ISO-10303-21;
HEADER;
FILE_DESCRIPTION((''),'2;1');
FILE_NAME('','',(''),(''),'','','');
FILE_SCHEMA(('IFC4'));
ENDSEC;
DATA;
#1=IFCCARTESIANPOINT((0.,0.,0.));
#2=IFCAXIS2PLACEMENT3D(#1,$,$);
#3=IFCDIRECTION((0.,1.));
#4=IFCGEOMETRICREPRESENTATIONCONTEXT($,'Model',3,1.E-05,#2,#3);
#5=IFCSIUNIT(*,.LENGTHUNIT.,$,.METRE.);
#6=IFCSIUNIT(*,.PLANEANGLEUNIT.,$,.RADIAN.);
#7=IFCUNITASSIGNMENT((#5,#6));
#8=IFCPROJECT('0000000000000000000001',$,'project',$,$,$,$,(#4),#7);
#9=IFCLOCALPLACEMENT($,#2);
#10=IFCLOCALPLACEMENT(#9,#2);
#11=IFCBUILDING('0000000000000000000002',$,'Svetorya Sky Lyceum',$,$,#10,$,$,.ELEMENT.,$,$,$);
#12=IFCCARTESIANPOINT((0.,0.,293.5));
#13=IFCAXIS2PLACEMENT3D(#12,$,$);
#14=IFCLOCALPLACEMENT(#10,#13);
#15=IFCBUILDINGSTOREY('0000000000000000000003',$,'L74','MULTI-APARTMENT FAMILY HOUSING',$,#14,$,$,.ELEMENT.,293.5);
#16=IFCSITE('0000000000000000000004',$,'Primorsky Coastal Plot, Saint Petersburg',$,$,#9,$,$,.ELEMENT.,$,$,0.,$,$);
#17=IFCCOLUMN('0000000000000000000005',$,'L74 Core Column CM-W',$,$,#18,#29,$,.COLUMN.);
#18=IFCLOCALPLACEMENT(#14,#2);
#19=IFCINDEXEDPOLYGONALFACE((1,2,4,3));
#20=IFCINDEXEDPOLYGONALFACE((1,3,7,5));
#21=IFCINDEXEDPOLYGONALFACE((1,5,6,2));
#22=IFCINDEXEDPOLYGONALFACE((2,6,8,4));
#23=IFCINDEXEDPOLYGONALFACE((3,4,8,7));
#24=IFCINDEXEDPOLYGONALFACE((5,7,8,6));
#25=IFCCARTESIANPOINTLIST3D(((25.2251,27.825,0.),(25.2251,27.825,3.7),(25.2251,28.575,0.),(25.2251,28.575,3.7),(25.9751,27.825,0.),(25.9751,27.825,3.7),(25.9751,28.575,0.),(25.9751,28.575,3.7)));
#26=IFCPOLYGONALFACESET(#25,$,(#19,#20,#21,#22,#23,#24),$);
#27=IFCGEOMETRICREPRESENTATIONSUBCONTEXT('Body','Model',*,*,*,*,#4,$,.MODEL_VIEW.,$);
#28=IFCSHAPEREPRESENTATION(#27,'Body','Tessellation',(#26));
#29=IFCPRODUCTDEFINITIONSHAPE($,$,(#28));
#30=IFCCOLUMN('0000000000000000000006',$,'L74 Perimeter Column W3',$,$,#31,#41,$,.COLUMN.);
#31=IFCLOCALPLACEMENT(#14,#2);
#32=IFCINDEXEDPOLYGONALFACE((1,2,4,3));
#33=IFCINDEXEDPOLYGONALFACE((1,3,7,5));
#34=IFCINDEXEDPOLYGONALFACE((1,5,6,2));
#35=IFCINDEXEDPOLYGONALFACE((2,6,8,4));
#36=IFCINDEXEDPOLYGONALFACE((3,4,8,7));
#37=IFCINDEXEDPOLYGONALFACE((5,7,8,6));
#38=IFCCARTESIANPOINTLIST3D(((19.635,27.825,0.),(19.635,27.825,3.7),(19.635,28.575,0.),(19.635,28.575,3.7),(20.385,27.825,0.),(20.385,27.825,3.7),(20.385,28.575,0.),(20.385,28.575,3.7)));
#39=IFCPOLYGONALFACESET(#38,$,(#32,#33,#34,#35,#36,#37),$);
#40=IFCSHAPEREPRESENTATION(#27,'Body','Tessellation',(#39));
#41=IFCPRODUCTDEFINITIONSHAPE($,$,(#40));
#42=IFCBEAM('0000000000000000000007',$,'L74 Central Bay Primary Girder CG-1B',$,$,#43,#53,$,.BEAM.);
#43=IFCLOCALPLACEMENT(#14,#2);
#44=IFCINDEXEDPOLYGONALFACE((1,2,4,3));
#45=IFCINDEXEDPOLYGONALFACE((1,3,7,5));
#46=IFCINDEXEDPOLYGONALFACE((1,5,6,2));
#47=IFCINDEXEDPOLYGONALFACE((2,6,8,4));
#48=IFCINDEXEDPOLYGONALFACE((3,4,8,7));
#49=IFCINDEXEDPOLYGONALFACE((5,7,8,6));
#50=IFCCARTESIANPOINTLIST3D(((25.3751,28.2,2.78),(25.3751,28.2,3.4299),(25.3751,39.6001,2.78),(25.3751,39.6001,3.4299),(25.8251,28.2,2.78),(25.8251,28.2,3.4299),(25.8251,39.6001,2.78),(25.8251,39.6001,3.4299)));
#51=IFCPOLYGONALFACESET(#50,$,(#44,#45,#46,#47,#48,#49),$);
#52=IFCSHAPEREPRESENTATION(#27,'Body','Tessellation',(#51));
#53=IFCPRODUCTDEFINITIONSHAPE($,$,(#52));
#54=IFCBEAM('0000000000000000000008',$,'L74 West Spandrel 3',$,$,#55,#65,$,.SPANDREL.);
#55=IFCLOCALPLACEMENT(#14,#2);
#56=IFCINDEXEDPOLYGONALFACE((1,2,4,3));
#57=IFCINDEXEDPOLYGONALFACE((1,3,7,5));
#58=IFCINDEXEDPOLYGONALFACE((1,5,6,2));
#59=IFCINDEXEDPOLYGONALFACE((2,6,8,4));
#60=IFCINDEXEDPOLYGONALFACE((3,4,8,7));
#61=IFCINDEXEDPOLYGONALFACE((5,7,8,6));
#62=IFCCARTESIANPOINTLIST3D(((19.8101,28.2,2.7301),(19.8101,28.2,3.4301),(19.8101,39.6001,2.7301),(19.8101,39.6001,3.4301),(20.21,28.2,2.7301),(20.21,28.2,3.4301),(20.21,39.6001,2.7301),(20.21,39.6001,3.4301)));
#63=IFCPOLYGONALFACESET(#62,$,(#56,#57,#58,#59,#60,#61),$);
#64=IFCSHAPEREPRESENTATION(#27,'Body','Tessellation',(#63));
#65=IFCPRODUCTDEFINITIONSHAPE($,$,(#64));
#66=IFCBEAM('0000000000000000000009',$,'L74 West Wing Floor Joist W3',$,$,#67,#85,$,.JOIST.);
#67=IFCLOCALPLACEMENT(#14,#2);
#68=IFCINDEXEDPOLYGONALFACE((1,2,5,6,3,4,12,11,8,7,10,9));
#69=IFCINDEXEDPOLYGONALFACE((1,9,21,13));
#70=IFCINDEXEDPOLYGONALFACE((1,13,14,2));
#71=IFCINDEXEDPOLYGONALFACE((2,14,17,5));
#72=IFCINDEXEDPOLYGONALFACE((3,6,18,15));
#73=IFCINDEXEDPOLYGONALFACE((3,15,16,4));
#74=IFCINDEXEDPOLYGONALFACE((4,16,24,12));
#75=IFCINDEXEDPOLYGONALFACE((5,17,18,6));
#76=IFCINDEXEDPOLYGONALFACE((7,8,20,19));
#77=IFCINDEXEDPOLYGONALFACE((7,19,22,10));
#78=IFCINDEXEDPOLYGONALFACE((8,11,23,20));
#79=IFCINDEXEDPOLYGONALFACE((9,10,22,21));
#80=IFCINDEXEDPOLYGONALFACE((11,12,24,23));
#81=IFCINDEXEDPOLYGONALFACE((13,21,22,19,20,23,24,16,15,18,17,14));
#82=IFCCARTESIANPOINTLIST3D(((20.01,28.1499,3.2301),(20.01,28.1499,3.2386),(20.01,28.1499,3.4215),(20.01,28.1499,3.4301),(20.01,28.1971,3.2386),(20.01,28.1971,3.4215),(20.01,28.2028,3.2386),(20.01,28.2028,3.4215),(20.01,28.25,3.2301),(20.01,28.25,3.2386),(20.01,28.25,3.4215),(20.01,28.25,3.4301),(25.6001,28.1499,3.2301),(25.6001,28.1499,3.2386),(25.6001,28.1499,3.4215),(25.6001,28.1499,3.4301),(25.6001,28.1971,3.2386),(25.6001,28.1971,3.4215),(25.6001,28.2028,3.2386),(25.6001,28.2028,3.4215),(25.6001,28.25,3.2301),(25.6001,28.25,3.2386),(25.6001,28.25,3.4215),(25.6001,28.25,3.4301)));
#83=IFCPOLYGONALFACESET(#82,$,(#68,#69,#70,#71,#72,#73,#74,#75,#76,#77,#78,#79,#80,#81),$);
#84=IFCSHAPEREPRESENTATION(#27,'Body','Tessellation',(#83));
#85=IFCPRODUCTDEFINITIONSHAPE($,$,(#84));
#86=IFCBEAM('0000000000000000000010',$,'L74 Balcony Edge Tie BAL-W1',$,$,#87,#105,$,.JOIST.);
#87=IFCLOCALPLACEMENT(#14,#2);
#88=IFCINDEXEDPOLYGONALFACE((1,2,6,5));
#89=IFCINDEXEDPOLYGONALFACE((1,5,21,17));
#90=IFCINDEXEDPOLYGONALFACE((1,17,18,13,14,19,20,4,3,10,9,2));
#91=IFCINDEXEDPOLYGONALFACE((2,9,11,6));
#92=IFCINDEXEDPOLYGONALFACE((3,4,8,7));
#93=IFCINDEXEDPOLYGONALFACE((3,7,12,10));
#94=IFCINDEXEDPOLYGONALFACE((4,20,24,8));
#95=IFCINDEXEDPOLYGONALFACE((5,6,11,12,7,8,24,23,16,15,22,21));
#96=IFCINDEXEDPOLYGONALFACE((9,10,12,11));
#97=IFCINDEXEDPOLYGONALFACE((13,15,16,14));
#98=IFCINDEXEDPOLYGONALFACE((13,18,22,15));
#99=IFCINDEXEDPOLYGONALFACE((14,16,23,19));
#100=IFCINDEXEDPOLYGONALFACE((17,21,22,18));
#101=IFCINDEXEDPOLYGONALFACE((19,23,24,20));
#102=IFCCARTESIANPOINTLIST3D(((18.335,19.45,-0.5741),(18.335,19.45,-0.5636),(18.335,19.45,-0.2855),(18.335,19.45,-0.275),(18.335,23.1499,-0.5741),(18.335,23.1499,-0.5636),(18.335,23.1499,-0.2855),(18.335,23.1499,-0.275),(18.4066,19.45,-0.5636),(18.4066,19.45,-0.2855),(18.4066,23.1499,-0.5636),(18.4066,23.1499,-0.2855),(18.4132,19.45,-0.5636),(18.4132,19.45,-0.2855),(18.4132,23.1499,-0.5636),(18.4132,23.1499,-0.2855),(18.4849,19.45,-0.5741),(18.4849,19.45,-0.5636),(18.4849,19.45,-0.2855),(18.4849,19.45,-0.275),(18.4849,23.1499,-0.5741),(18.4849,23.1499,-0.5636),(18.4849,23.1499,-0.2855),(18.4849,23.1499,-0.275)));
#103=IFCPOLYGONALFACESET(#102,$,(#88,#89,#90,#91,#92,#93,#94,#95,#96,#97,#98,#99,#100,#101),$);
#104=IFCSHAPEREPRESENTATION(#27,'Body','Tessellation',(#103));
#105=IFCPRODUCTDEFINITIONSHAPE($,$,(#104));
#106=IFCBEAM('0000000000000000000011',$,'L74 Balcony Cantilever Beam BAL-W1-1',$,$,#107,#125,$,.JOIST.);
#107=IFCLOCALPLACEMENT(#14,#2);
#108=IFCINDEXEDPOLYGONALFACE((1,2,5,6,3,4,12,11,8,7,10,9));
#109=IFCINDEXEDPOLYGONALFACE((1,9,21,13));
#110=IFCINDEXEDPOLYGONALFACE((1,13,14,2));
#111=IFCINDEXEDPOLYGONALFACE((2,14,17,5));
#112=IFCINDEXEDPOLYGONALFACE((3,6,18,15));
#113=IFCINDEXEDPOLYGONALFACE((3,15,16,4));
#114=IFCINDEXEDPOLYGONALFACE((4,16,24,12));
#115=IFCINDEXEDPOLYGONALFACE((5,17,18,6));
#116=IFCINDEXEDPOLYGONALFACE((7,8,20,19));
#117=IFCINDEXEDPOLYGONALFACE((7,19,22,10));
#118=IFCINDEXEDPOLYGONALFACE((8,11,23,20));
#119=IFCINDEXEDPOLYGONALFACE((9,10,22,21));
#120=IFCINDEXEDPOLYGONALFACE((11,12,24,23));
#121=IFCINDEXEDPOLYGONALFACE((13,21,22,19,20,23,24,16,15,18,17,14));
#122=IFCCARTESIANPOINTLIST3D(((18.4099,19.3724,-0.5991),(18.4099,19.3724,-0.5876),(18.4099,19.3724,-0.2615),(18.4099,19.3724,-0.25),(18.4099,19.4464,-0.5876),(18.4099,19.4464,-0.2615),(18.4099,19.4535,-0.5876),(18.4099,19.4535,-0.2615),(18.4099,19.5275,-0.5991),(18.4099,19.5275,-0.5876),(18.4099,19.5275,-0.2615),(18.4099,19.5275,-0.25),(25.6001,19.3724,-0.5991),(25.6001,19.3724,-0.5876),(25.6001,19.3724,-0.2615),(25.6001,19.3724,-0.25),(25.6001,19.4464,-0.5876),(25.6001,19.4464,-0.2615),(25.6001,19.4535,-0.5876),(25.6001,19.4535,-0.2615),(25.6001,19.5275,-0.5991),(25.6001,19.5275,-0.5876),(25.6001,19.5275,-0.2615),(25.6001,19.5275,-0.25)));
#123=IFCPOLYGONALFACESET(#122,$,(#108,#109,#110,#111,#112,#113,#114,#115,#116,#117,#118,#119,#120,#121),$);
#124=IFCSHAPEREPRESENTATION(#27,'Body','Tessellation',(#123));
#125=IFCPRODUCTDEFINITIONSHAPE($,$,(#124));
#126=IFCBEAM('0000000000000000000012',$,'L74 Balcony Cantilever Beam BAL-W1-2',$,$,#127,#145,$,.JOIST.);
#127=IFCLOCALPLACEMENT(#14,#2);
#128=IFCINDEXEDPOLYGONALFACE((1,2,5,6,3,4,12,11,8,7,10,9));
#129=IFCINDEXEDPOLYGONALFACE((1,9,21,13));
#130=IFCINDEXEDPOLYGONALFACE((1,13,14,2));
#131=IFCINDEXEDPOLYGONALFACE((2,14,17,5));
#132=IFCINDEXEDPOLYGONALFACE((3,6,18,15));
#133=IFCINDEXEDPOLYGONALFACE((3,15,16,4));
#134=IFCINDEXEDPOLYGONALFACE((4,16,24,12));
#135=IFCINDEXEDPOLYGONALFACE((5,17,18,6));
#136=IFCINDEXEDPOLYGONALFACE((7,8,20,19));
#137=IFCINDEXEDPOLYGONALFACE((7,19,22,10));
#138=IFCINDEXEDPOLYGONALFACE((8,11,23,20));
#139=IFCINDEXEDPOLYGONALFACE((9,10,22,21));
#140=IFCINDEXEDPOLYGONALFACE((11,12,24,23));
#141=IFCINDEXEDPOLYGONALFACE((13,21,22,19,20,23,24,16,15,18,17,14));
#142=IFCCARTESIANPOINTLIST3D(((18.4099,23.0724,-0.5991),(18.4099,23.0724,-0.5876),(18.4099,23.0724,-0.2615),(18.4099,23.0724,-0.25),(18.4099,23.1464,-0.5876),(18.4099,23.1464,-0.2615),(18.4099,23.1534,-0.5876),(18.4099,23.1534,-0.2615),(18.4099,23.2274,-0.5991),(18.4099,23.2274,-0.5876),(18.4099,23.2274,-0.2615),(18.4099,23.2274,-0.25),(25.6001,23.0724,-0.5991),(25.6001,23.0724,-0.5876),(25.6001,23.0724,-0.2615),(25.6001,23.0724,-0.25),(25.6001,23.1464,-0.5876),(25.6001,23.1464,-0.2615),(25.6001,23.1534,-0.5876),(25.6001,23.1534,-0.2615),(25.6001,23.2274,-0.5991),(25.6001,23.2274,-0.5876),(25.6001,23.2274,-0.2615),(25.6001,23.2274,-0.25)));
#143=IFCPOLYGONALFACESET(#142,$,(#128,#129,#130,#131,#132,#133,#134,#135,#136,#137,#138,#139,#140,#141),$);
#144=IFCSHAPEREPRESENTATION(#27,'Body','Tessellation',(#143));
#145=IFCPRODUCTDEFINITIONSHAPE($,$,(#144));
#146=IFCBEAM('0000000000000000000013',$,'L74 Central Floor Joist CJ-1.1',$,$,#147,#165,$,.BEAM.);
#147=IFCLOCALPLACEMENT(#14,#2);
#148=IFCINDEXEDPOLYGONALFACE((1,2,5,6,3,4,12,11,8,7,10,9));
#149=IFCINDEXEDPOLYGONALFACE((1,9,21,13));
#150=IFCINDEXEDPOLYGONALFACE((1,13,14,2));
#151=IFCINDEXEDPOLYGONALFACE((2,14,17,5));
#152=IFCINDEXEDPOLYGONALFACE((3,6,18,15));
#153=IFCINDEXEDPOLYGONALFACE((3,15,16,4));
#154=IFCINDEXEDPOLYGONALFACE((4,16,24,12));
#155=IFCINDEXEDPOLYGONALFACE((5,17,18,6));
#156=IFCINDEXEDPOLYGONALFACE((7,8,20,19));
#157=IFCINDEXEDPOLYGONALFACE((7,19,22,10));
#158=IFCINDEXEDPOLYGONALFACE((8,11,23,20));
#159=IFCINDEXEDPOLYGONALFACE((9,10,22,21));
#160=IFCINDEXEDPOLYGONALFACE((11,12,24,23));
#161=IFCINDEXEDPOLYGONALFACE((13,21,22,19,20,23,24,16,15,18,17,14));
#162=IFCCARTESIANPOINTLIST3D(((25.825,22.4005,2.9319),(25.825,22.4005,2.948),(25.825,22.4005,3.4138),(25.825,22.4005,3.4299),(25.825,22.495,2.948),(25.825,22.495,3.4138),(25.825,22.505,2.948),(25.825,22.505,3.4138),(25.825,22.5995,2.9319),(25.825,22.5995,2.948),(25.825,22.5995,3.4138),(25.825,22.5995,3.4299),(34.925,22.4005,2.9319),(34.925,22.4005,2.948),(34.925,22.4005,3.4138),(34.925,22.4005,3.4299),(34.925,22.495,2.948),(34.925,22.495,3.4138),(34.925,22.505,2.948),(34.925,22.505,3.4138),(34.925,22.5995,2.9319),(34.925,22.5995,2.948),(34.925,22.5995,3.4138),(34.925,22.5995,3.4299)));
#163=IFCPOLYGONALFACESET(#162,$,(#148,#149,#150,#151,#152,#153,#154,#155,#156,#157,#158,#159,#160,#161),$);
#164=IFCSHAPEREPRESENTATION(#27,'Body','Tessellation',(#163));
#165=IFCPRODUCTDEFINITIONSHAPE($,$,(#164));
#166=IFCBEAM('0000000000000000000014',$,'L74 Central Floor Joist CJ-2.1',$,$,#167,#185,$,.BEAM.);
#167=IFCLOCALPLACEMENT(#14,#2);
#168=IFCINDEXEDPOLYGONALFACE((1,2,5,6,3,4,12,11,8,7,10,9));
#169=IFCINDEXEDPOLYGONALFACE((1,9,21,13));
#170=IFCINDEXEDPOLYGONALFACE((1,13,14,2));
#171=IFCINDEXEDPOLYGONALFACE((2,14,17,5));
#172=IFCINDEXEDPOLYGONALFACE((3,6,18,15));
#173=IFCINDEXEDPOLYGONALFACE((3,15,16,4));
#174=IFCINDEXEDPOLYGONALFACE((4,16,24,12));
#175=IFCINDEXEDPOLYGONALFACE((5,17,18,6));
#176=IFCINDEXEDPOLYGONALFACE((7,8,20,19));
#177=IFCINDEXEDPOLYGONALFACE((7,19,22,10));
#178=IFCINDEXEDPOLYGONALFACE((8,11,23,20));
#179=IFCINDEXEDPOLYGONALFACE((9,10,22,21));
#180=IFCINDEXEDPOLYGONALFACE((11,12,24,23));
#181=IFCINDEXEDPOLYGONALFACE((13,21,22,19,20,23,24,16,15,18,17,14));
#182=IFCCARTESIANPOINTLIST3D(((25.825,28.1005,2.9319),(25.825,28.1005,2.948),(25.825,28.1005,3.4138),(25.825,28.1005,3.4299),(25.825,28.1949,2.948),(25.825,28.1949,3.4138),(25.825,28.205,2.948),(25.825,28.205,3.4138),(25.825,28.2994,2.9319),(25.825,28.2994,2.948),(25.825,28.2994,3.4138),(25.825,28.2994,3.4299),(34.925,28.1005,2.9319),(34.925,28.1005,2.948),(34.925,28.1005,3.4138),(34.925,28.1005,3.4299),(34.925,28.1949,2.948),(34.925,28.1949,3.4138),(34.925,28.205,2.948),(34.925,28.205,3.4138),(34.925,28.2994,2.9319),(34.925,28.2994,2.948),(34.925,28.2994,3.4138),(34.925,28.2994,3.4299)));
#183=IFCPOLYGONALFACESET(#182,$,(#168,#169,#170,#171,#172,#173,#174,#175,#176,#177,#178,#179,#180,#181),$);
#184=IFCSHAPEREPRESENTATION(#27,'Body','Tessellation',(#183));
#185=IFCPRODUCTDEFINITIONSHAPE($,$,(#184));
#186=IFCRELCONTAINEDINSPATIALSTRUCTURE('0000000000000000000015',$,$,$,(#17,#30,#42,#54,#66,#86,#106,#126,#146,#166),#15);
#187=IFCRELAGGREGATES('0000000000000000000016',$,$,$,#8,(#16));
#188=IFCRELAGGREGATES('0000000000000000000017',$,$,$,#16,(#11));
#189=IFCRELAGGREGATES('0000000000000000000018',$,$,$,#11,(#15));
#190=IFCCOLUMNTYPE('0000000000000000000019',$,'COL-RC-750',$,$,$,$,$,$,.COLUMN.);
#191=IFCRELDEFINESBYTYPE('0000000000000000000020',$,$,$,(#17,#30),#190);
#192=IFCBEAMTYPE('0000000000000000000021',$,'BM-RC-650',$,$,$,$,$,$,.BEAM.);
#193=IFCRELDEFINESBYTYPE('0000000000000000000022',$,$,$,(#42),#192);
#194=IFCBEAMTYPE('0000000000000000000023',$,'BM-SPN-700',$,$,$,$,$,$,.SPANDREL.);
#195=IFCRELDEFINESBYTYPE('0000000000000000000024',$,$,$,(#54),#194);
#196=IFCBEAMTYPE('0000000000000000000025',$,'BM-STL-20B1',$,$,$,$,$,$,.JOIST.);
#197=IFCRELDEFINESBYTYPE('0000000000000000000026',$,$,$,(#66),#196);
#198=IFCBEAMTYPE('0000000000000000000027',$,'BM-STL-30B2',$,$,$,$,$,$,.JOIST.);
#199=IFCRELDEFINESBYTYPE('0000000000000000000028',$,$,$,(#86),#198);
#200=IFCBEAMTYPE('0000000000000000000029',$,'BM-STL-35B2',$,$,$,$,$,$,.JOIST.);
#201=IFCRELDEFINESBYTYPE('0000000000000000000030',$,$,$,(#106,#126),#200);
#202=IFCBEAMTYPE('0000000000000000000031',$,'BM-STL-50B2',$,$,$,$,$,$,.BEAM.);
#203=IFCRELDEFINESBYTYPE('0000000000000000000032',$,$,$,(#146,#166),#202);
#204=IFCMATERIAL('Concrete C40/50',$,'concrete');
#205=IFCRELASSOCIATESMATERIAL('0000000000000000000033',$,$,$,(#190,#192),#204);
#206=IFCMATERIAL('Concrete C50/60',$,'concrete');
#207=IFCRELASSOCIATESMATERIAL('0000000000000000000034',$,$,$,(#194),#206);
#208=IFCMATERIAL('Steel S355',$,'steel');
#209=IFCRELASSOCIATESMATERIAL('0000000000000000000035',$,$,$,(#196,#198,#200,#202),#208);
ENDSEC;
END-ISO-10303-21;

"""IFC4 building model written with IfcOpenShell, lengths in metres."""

from ifc_helpers import new_model, si_unit, direction, frame, origin, origin_2d, place, context, subcontext, project, spatial, rectangle, i_section, extrude, material, material_profile, profile_set, type_object, element, save


model = new_model("IFC4")

# Units and contexts
model_context = context("Model", 3, precision=1e-05, world=origin(), true_north=direction((0.0, 1.0)))
body_context = subcontext(model_context, "Body", "Model", "MODEL_VIEW")
ifc_project = project(units=[si_unit("LENGTHUNIT", "METRE"), si_unit("PLANEANGLEUNIT", "RADIAN")], contexts=[model_context])

# Site, building, storey
site_placement = place(None, origin())
site = spatial("IfcSite", under=ifc_project, at=site_placement, Name="Primorsky Coastal Plot, Saint Petersburg", CompositionType="ELEMENT", RefElevation=0.0)
building_placement = place(site_placement, origin())
building = spatial("IfcBuilding", under=site, at=building_placement, Name="Svetorya Sky Lyceum", CompositionType="ELEMENT")
storey_placement = place(building_placement, frame((0.0, 0.0, 293.5)))
storey = spatial("IfcBuildingStorey", under=building, at=storey_placement, Name="L74", Description="MULTI-APARTMENT FAMILY HOUSING", CompositionType="ELEMENT", Elevation=293.5)

# Columns
ifc_material_1 = material(Name="Concrete C40/50", Category="concrete")
ifc_material_profile_1 = material_profile(ifc_material_1, rectangle(XDim=0.75, YDim=0.75, at=origin_2d()), Name="RC COL 750x750")
ifc_profile_set_1 = profile_set([ifc_material_profile_1], Name="Concrete C40/50")
column_type = type_object("IfcColumnType", Name="COL-RC-750", PredefinedType="COLUMN", material=ifc_profile_set_1)
for number, where, z_axis, x_axis, name in (
    (1, (25.6001, 28.2, 0.0), (0.0, 0.0, 1.0), (1.0, 0.0, 0.0), "L74 Core Column CM-W"),
    (2, (20.01, 28.2, 0.0), (0.0, 0.0, 1.0), (1.0, 0.0, 0.0), "L74 Perimeter Column W3"),
):
    element("IfcColumn", number, at=place(storey_placement, frame(where, z_axis=z_axis, x_axis=x_axis)), inside=storey, type_object=column_type, Name=name, PredefinedType="COLUMN", context=body_context, shape_type="SweptSolid", body=[
        extrude(rectangle(XDim=0.75, YDim=0.75, at=origin_2d()), origin(), (0.0, 0.0, 1.0), 3.7),
    ])

# Beams
ifc_material_profile_2 = material_profile(ifc_material_1, rectangle(XDim=0.45, YDim=0.6499, at=origin_2d()), Name="RC BEAM 450x650")
ifc_profile_set_2 = profile_set([ifc_material_profile_2], Name="Concrete C40/50")
beam_type_1 = type_object("IfcBeamType", Name="BM-RC-650", PredefinedType="BEAM", material=ifc_profile_set_2)
beam_1_placement = place(storey_placement, frame((25.6001, 28.2, 3.105), z_axis=(0.0, 1.0, 0.0), x_axis=(-1.0, 0.0, 0.0)))
element("IfcBeam", 3, at=beam_1_placement, inside=storey, type_object=beam_type_1, Name="L74 Central Bay Primary Girder CG-1B", PredefinedType="BEAM", context=body_context, shape_type="SweptSolid", body=[
    extrude(rectangle(XDim=0.45, YDim=0.6499, at=origin_2d()), origin(), (0.0, 0.0, 1.0), 11.4001),
])
ifc_material_2 = material(Name="Concrete C50/60", Category="concrete")
ifc_material_profile_3 = material_profile(ifc_material_2, rectangle(XDim=0.3999, YDim=0.7, at=origin_2d()), Name="RC SPANDREL 400x700")
ifc_profile_set_3 = profile_set([ifc_material_profile_3], Name="Concrete C50/60")
beam_type_2 = type_object("IfcBeamType", Name="BM-SPN-700", PredefinedType="SPANDREL", material=ifc_profile_set_3)
beam_2_placement = place(storey_placement, frame((20.01, 28.2, 3.0801), z_axis=(0.0, 1.0, 0.0), x_axis=(-1.0, 0.0, 0.0)))
element("IfcBeam", 4, at=beam_2_placement, inside=storey, type_object=beam_type_2, Name="L74 West Spandrel 3", PredefinedType="SPANDREL", context=body_context, shape_type="SweptSolid", body=[
    extrude(rectangle(XDim=0.3999, YDim=0.7, at=origin_2d()), origin(), (0.0, 0.0, 1.0), 11.4001),
])
ifc_material_3 = material(Name="Steel S355", Category="steel")
ifc_material_profile_4 = material_profile(ifc_material_3, i_section(OverallWidth=0.1001, OverallDepth=0.2, WebThickness=0.0056, FlangeThickness=0.0085, at=origin_2d()), Name="GOST 20B1")
ifc_profile_set_4 = profile_set([ifc_material_profile_4], Name="Steel S355")
beam_type_3 = type_object("IfcBeamType", Name="BM-STL-20B1", PredefinedType="JOIST", material=ifc_profile_set_4)
beam_3_placement = place(storey_placement, frame((20.01, 28.2, 3.3301), z_axis=(1.0, 0.0, 0.0), x_axis=(0.0, 1.0, 0.0)))
element("IfcBeam", 5, at=beam_3_placement, inside=storey, type_object=beam_type_3, Name="L74 West Wing Floor Joist W3", PredefinedType="JOIST", context=body_context, shape_type="SweptSolid", body=[
    extrude(i_section(OverallWidth=0.1001, OverallDepth=0.2, WebThickness=0.0056, FlangeThickness=0.0085, at=origin_2d()), origin(), (0.0, 0.0, 1.0), 5.5901),
])
ifc_material_profile_5 = material_profile(ifc_material_3, i_section(OverallWidth=0.1499, OverallDepth=0.2991, WebThickness=0.0066, FlangeThickness=0.0105, at=origin_2d()), Name="GOST 30B2")
ifc_profile_set_5 = profile_set([ifc_material_profile_5], Name="Steel S355")
beam_type_4 = type_object("IfcBeamType", Name="BM-STL-30B2", PredefinedType="JOIST", material=ifc_profile_set_5)
beam_4_placement = place(storey_placement, frame((18.4099, 19.45, -0.4246), z_axis=(0.0, 1.0, 0.0), x_axis=(-1.0, 0.0, 0.0)))
element("IfcBeam", 6, at=beam_4_placement, inside=storey, type_object=beam_type_4, Name="L74 Balcony Edge Tie BAL-W1", PredefinedType="JOIST", context=body_context, shape_type="SweptSolid", body=[
    extrude(i_section(OverallWidth=0.1499, OverallDepth=0.2991, WebThickness=0.0066, FlangeThickness=0.0105, at=origin_2d()), origin(), (0.0, 0.0, 1.0), 3.7),
])
ifc_material_profile_6 = material_profile(ifc_material_3, i_section(OverallWidth=0.155, OverallDepth=0.3491, WebThickness=0.0071, FlangeThickness=0.0115, at=origin_2d()), Name="GOST 35B2")
ifc_profile_set_6 = profile_set([ifc_material_profile_6], Name="Steel S355")
beam_type_5 = type_object("IfcBeamType", Name="BM-STL-35B2", PredefinedType="JOIST", material=ifc_profile_set_6)
for number, where, z_axis, x_axis, name in (
    (7, (25.6001, 19.45, -0.4246), (-1.0, 0.0, 0.0), (0.0, -1.0, 0.0), "L74 Balcony Cantilever Beam BAL-W1-1"),
    (8, (25.6001, 23.1499, -0.4246), (-1.0, 0.0, 0.0), (0.0, -1.0, 0.0), "L74 Balcony Cantilever Beam BAL-W1-2"),
):
    element("IfcBeam", number, at=place(storey_placement, frame(where, z_axis=z_axis, x_axis=x_axis)), inside=storey, type_object=beam_type_5, Name=name, PredefinedType="JOIST", context=body_context, shape_type="SweptSolid", body=[
        extrude(i_section(OverallWidth=0.155, OverallDepth=0.3491, WebThickness=0.0071, FlangeThickness=0.0115, at=origin_2d()), origin(), (0.0, 0.0, 1.0), 7.1902),
    ])
ifc_material_profile_7 = material_profile(ifc_material_3, i_section(OverallWidth=0.199, OverallDepth=0.498, WebThickness=0.01, FlangeThickness=0.0161, at=origin_2d()), Name="GOST 50B2")
ifc_profile_set_7 = profile_set([ifc_material_profile_7], Name="Steel S355")
beam_type_6 = type_object("IfcBeamType", Name="BM-STL-50B2", PredefinedType="BEAM", material=ifc_profile_set_7)
for number, where, z_axis, x_axis, name in (
    (9, (25.825, 22.5, 3.1809), (1.0, 0.0, 0.0), (0.0, 1.0, 0.0), "L74 Central Floor Joist CJ-1.1"),
    (10, (25.825, 28.2, 3.1809), (1.0, 0.0, 0.0), (0.0, 1.0, 0.0), "L74 Central Floor Joist CJ-2.1"),
):
    element("IfcBeam", number, at=place(storey_placement, frame(where, z_axis=z_axis, x_axis=x_axis)), inside=storey, type_object=beam_type_6, Name=name, PredefinedType="BEAM", context=body_context, shape_type="SweptSolid", body=[
        extrude(i_section(OverallWidth=0.199, OverallDepth=0.498, WebThickness=0.01, FlangeThickness=0.0161, at=origin_2d()), origin(), (0.0, 0.0, 1.0), 9.1001),
    ])

save(model, "model.ifc")
